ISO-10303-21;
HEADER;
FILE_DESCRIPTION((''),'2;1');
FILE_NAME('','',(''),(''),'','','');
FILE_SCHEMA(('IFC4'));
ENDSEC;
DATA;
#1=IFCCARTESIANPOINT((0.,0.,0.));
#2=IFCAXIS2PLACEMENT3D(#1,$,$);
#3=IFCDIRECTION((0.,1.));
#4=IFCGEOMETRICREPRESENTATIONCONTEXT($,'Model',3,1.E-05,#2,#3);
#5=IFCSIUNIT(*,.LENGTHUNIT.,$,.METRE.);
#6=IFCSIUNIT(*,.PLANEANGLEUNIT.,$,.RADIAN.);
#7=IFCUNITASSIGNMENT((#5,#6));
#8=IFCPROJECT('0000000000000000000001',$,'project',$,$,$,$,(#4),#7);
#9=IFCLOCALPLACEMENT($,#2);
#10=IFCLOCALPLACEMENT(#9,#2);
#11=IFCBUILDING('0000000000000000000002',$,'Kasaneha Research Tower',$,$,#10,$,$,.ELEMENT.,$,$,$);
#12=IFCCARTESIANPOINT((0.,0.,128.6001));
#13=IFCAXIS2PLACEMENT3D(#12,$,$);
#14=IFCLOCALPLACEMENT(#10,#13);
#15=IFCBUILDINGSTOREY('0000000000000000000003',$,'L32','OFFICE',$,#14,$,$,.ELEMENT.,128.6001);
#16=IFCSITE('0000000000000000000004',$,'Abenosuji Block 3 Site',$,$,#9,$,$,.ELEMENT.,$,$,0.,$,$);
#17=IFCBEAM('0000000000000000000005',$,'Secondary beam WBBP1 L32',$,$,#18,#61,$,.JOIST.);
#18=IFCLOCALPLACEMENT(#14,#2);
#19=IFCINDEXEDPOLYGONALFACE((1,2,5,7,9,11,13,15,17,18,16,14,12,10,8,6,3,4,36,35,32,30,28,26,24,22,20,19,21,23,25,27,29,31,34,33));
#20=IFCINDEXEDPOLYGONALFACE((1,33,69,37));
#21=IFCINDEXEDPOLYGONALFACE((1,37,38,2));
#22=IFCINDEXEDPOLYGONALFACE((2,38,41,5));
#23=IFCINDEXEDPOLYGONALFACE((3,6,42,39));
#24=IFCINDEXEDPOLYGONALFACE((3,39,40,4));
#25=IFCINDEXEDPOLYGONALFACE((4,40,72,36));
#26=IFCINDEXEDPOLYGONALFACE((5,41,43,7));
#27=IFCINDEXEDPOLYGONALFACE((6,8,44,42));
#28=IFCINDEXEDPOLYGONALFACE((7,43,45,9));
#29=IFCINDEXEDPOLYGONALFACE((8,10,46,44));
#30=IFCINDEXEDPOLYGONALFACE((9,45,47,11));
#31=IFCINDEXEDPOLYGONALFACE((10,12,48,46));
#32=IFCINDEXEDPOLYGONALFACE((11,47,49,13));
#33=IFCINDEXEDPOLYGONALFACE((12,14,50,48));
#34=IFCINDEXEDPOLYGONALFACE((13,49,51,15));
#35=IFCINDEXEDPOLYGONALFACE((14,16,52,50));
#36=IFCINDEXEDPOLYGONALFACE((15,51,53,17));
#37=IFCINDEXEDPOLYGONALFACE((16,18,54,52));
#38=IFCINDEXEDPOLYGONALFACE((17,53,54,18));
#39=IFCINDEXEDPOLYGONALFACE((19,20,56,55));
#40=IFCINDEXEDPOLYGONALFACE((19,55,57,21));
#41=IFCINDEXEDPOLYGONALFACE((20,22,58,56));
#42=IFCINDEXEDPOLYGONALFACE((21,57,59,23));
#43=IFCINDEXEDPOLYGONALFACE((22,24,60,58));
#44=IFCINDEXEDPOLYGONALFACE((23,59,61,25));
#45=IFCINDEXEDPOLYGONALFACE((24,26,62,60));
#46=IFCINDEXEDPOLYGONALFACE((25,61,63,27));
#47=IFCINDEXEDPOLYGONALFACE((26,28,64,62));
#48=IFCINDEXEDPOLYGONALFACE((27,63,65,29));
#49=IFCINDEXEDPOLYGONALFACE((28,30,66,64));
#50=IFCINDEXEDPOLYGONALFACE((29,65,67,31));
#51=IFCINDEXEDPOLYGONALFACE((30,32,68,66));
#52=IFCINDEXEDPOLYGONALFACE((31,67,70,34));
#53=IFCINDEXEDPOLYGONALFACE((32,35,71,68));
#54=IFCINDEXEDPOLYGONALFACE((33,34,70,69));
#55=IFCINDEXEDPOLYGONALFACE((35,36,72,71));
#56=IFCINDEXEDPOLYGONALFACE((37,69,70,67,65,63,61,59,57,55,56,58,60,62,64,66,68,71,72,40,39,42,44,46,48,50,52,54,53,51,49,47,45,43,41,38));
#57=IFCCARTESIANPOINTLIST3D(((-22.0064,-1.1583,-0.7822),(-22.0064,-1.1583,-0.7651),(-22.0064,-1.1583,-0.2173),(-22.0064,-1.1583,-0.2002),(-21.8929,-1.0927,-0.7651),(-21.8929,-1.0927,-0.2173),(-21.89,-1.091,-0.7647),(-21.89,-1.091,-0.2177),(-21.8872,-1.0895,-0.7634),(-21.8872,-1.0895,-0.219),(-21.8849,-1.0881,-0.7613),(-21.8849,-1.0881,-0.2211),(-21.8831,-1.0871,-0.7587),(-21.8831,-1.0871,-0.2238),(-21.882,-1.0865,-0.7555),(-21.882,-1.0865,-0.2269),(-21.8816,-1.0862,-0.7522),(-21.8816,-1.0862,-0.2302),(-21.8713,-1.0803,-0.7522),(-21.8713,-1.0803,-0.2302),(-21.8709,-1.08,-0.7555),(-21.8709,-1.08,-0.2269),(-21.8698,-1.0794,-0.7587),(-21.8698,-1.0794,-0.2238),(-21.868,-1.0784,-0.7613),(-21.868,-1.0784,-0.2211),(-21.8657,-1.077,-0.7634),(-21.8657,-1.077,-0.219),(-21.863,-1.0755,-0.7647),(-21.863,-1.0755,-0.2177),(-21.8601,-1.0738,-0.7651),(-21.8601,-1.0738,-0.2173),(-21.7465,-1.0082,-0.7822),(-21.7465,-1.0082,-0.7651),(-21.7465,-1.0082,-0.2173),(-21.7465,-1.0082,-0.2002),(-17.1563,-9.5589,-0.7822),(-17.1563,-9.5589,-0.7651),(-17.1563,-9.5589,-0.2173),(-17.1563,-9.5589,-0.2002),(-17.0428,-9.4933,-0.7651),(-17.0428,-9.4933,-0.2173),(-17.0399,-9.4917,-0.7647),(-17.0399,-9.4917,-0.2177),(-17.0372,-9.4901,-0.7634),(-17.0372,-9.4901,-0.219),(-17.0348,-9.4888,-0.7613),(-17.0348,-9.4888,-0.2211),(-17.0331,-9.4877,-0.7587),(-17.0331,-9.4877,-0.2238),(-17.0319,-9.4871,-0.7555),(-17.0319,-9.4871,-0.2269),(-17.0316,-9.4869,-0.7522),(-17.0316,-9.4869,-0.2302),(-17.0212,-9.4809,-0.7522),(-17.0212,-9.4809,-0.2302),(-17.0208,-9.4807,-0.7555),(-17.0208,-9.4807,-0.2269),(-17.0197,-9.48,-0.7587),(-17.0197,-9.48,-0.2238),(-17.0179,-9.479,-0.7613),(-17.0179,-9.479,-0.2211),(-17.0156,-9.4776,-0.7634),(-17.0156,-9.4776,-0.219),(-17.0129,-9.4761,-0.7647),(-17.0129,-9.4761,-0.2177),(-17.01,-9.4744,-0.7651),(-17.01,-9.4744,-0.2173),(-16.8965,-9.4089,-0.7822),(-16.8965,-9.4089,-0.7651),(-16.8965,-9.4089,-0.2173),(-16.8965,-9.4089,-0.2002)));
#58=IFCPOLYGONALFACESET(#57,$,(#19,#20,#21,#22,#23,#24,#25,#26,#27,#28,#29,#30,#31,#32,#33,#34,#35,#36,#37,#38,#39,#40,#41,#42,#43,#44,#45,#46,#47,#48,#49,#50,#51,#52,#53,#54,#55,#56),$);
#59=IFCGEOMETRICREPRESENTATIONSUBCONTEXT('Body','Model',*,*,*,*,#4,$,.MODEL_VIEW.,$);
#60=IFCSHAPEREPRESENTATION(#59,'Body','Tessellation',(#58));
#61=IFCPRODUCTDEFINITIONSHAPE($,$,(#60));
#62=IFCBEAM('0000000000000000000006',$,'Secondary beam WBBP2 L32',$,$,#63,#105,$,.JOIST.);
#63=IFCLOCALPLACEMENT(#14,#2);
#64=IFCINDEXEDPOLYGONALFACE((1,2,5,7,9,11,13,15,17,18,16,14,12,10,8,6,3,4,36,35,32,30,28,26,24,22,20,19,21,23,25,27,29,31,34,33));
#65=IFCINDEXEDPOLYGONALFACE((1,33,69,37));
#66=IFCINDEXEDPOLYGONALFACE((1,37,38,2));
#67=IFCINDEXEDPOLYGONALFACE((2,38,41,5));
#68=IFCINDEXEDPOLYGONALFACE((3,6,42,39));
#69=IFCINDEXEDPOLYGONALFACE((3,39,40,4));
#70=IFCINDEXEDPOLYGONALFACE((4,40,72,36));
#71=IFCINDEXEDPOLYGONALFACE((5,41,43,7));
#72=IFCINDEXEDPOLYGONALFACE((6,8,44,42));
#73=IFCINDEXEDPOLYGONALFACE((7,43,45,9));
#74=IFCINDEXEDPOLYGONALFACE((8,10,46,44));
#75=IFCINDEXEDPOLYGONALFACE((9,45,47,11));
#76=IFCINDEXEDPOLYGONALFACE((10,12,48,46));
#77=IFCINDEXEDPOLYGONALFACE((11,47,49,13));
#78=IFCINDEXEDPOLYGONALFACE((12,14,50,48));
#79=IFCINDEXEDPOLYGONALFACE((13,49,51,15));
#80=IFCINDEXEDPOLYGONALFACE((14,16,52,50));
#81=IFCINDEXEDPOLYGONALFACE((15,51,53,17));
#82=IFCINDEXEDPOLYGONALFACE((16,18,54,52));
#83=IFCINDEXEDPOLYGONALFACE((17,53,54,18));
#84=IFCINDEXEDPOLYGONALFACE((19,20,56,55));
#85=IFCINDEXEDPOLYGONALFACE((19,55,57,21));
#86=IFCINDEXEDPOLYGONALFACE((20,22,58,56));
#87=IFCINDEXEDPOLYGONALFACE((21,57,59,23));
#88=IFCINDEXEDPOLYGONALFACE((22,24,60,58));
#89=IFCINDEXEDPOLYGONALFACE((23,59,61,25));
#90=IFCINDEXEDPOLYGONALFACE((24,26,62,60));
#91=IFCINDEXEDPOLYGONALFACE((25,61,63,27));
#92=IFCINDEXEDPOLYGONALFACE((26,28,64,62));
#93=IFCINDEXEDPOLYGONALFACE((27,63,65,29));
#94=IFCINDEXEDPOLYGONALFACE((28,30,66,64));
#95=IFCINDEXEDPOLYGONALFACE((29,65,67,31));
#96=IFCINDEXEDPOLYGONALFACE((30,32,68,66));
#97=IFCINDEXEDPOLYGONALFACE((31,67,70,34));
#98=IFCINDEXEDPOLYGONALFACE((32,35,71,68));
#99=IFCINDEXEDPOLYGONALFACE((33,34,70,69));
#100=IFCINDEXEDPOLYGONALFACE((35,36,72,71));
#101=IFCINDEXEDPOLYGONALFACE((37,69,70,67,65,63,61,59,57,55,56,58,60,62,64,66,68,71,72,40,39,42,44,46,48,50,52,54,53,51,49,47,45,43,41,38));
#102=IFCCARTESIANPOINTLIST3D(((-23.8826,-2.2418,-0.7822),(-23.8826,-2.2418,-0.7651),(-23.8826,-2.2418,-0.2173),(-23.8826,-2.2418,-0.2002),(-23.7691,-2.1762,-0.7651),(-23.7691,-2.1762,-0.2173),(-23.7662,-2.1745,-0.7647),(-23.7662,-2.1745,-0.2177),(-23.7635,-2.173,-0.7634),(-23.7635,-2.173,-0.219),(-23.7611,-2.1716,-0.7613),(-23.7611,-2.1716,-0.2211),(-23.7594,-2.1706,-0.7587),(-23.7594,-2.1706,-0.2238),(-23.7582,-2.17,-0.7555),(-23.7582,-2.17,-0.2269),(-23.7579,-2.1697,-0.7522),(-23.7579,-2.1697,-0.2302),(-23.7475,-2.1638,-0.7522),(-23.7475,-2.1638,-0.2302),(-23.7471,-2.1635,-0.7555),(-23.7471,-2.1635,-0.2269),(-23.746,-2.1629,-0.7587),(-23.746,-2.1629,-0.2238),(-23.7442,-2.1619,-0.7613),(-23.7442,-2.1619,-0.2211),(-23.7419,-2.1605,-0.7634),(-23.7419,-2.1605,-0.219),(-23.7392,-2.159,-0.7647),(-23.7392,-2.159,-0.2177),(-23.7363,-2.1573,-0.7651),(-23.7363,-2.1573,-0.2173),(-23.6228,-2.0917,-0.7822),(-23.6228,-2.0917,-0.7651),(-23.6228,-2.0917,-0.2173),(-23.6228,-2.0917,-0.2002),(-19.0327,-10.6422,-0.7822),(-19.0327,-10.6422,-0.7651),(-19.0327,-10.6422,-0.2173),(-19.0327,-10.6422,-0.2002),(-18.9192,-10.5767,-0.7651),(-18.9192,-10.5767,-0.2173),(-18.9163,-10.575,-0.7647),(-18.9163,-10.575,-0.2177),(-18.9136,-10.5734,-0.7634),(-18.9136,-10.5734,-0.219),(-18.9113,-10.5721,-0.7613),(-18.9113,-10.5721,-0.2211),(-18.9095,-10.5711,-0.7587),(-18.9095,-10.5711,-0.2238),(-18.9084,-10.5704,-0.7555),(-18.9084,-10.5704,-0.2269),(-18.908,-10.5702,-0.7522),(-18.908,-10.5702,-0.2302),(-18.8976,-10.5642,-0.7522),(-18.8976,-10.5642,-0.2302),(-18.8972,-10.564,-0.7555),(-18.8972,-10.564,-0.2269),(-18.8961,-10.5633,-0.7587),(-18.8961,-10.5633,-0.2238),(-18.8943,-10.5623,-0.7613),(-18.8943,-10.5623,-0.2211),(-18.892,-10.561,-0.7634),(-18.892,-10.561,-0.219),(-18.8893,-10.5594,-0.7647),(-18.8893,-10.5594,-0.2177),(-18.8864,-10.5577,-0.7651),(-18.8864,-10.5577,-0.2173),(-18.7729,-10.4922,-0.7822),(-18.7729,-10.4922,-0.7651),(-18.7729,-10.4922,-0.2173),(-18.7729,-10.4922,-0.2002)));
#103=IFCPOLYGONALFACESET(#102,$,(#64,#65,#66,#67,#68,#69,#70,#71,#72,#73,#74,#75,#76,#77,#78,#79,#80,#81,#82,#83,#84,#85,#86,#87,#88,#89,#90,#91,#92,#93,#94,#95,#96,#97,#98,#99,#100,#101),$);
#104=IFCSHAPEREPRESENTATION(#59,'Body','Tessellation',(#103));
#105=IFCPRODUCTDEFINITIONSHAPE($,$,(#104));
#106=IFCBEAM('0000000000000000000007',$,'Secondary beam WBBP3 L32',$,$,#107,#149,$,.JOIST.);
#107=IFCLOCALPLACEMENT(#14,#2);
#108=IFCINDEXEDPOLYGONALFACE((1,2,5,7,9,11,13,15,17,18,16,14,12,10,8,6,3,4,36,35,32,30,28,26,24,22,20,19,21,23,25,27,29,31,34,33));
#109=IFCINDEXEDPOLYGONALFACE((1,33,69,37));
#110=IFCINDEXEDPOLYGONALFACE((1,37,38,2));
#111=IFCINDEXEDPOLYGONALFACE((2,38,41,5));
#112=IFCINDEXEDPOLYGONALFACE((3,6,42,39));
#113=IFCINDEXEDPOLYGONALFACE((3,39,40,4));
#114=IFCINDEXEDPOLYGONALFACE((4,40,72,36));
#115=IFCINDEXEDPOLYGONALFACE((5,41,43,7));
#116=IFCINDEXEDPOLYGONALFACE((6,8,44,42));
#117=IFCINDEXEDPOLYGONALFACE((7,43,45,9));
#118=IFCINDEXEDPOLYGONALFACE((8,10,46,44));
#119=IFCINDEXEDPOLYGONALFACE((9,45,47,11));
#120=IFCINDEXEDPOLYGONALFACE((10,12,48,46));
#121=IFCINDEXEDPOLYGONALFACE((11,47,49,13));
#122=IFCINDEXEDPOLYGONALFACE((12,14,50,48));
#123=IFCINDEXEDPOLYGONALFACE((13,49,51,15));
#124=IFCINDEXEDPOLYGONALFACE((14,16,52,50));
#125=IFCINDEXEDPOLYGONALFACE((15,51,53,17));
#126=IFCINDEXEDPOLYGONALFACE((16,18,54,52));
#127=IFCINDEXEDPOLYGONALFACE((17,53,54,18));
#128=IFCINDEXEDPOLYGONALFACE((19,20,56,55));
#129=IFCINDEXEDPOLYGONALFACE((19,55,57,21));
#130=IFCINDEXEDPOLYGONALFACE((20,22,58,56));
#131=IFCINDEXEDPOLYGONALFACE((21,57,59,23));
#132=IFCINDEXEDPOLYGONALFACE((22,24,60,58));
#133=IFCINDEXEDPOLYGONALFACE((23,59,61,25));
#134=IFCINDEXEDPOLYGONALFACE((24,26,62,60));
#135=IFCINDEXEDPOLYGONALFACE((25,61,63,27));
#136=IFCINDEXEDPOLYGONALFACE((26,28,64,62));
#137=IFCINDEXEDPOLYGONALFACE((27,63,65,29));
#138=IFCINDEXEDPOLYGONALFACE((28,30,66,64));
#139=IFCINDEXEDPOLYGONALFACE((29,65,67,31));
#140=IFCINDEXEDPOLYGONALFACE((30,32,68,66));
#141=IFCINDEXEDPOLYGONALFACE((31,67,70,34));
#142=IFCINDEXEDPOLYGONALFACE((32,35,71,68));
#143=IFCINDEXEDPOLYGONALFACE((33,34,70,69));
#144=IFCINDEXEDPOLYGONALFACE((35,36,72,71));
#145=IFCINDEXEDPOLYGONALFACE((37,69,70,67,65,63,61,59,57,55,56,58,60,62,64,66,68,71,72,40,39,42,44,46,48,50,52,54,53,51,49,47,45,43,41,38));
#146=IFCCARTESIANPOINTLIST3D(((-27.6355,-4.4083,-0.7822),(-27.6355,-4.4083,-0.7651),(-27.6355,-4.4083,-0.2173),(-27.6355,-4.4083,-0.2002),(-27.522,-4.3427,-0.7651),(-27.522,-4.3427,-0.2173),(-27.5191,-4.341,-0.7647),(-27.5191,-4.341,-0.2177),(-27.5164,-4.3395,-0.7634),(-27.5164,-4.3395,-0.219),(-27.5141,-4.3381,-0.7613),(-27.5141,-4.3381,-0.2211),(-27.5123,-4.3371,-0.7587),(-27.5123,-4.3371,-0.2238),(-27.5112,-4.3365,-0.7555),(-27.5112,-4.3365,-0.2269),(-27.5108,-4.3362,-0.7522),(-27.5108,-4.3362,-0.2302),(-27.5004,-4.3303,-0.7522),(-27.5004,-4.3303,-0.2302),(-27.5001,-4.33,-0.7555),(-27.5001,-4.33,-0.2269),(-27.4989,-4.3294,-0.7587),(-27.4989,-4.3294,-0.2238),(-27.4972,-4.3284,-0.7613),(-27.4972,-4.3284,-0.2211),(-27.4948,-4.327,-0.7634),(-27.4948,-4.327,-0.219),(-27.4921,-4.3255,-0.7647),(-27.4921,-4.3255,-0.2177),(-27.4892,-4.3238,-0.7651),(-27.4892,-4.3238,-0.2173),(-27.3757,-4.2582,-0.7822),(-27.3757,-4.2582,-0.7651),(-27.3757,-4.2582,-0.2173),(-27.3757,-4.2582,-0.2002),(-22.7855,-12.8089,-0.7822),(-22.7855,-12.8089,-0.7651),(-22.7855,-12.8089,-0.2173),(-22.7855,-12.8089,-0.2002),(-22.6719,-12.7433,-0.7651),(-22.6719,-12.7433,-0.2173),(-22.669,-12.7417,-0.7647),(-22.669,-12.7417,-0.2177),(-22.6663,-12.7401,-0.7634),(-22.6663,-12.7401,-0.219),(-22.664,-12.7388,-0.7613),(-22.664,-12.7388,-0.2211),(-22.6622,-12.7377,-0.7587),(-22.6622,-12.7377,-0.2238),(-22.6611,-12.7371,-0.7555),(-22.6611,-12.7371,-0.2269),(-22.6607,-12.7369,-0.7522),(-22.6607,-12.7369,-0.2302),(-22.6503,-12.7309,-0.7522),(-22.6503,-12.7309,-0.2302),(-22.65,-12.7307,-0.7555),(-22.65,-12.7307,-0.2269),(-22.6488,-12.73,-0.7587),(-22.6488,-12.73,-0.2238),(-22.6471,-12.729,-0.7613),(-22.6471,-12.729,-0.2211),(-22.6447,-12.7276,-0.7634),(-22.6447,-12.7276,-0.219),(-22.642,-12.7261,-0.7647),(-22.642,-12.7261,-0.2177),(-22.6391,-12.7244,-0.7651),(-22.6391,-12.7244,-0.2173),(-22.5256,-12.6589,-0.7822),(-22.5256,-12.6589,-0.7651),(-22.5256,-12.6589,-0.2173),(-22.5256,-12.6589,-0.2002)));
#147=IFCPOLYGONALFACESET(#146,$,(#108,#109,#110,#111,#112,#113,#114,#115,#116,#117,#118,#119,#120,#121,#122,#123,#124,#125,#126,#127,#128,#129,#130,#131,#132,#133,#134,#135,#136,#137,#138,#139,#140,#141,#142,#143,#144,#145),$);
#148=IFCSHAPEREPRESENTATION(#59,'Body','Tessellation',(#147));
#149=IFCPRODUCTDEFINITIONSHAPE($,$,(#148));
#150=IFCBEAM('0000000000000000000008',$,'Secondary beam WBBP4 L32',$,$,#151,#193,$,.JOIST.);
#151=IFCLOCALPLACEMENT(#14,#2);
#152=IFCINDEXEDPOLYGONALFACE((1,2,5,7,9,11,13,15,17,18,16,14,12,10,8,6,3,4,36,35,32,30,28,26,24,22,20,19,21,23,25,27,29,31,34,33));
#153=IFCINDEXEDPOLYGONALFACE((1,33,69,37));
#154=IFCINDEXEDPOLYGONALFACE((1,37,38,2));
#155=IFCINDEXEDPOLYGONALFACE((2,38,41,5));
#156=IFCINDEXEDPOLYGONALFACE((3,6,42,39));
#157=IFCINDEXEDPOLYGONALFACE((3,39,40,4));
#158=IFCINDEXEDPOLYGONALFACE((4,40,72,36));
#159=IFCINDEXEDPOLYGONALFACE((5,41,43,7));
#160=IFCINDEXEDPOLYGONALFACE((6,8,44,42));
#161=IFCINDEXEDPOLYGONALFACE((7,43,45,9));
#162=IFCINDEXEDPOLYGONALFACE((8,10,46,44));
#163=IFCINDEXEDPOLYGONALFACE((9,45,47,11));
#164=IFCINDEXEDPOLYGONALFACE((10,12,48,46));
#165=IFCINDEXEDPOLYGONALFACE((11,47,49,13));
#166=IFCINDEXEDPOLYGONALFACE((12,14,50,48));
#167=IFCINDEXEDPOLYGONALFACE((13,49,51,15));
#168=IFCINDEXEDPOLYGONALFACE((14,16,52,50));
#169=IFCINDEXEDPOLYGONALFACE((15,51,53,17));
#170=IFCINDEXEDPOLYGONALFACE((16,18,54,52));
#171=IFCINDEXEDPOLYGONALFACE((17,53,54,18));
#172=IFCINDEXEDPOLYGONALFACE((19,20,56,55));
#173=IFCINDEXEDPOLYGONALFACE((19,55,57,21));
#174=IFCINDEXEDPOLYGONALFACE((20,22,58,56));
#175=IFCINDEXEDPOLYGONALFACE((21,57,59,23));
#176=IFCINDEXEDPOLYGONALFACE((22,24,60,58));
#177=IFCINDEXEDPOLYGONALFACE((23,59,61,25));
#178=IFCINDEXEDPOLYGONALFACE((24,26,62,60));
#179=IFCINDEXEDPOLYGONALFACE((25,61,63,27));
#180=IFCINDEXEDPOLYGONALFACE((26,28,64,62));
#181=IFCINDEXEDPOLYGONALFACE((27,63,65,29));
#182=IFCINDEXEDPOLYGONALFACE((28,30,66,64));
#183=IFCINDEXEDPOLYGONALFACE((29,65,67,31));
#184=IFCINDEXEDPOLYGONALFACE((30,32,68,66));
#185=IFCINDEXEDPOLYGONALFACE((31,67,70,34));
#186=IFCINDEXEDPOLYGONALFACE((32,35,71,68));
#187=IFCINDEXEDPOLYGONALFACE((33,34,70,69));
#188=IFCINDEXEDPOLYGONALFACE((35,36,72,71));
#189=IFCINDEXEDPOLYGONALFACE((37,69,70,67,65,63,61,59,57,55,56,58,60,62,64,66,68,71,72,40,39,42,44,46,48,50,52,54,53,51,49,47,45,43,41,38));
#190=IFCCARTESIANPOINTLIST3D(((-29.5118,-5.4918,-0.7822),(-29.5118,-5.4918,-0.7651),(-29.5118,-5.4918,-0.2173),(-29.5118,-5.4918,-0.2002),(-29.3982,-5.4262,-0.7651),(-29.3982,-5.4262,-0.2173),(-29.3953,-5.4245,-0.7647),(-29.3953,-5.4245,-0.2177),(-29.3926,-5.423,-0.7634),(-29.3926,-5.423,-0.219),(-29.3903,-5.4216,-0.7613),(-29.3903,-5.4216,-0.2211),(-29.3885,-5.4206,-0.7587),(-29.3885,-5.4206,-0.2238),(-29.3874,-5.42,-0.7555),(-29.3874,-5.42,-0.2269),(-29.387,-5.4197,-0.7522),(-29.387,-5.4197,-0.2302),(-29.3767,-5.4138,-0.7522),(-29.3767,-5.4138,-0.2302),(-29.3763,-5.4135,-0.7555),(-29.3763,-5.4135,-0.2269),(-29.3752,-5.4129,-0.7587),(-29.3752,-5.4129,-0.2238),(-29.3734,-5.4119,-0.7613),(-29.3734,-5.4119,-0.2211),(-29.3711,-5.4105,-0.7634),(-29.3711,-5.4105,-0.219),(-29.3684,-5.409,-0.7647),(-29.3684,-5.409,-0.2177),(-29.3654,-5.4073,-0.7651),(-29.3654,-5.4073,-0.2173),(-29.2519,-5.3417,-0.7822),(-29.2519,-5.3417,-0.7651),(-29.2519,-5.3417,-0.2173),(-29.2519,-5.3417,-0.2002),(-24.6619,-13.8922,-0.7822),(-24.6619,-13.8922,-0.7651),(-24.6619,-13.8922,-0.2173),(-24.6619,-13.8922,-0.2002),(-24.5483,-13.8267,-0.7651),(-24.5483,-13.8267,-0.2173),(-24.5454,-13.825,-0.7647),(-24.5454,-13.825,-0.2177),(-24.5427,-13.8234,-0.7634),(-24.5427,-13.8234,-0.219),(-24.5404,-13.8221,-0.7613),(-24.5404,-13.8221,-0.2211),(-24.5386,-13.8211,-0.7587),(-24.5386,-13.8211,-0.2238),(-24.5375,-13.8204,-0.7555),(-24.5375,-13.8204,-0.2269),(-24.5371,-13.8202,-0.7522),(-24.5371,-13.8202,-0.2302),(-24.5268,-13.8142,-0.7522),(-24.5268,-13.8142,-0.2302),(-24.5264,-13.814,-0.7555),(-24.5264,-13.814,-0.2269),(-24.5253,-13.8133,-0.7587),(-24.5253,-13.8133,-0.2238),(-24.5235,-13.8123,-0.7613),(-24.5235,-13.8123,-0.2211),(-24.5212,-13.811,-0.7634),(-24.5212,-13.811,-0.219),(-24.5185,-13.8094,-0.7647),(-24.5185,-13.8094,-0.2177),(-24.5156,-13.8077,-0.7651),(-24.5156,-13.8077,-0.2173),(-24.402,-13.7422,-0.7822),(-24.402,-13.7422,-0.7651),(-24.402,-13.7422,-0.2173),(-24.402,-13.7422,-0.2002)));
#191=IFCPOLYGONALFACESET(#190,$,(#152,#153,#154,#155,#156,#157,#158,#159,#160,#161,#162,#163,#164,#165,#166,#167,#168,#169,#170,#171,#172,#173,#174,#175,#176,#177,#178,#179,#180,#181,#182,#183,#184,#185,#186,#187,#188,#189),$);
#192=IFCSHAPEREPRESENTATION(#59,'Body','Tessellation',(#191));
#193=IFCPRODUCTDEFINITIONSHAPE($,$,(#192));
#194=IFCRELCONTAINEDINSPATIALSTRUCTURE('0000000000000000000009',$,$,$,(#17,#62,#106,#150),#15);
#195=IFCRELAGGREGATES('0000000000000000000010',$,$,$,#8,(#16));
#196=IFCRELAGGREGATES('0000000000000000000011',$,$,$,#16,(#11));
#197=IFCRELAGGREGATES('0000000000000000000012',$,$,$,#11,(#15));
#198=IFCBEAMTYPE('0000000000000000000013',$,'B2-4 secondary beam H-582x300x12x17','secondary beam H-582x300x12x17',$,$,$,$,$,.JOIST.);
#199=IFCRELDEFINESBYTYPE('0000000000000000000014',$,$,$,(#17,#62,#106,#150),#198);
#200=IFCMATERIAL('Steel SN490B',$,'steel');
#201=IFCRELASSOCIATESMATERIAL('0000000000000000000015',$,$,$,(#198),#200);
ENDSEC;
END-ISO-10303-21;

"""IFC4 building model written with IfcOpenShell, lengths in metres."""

from ifc_helpers import new_model, si_unit, direction, frame, origin, origin_2d, place, context, subcontext, project, spatial, i_section, extrude, material, material_profile, profile_set, type_object, element, save


model = new_model("IFC4")

# Units and contexts
model_context = context("Model", 3, precision=1e-05, world=origin(), true_north=direction((0.0, 1.0)))
body_context = subcontext(model_context, "Body", "Model", "MODEL_VIEW")
ifc_project = project(units=[si_unit("LENGTHUNIT", "METRE"), si_unit("PLANEANGLEUNIT", "RADIAN")], contexts=[model_context])

# Site, building, storey
site_placement = place(None, origin())
site = spatial("IfcSite", under=ifc_project, at=site_placement, Name="Abenosuji Block 3 Site", CompositionType="ELEMENT", RefElevation=0.0)
building_placement = place(site_placement, origin())
building = spatial("IfcBuilding", under=site, at=building_placement, Name="Kasaneha Research Tower", CompositionType="ELEMENT")
storey_placement = place(building_placement, frame((0.0, 0.0, 128.6001)))
storey = spatial("IfcBuildingStorey", under=building, at=storey_placement, Name="L32", Description="OFFICE", CompositionType="ELEMENT", Elevation=128.6001)

# Beams
ifc_material_1 = material(Name="Steel SN490B", Category="steel")
ifc_material_profile_1 = material_profile(ifc_material_1, i_section(OverallWidth=0.3, OverallDepth=0.582, WebThickness=0.012, FlangeThickness=0.0171, FilletRadius=0.0129, at=origin_2d()), Name="H-582x300x12x17")
ifc_profile_set_1 = profile_set([ifc_material_profile_1], Name="Steel SN490B")
beam_type_1 = type_object("IfcBeamType", Name="B2-4 secondary beam H-582x300x12x17", Description="secondary beam H-582x300x12x17", PredefinedType="JOIST", material=ifc_profile_set_1)
beam_1_placement = place(storey_placement, frame((-21.8765, -1.0833, -0.4912), z_axis=(0.499999, -0.866026, 0.0), x_axis=(0.866026, 0.499999, 0.0)))
element("IfcBeam", 1, at=beam_1_placement, inside=storey, type_object=beam_type_1, Name="Secondary beam WBBP1 L32", PredefinedType="JOIST", context=body_context, shape_type="SweptSolid", body=[
    extrude(i_section(OverallWidth=0.3, OverallDepth=0.582, WebThickness=0.012, FlangeThickness=0.0171, FilletRadius=0.0129, at=origin_2d()), origin(), (0.0, 0.0, 1.0), 9.7002),
])
beam_2_placement = place(storey_placement, frame((-23.7527, -2.1667, -0.4912), z_axis=(0.499991, -0.866031, 0.0), x_axis=(0.866031, 0.499991, 0.0)))
element("IfcBeam", 2, at=beam_2_placement, inside=storey, type_object=beam_type_1, Name="Secondary beam WBBP2 L32", PredefinedType="JOIST", context=body_context, shape_type="SweptSolid", body=[
    extrude(i_section(OverallWidth=0.3, OverallDepth=0.582, WebThickness=0.012, FlangeThickness=0.0171, FilletRadius=0.0129, at=origin_2d()), origin(), (0.0, 0.0, 1.0), 9.7),
])
beam_3_placement = place(storey_placement, frame((-27.5056, -4.3333, -0.4912), z_axis=(0.499999, -0.866026, 0.0), x_axis=(0.866026, 0.499999, 0.0)))
element("IfcBeam", 3, at=beam_3_placement, inside=storey, type_object=beam_type_1, Name="Secondary beam WBBP3 L32", PredefinedType="JOIST", context=body_context, shape_type="SweptSolid", body=[
    extrude(i_section(OverallWidth=0.3, OverallDepth=0.582, WebThickness=0.012, FlangeThickness=0.0171, FilletRadius=0.0129, at=origin_2d()), origin(), (0.0, 0.0, 1.0), 9.7002),
])
for number, where, z_axis, x_axis, name in (
    (4, (-29.3818, -5.4167, -0.4912), (0.499991, -0.866031, 0.0), (0.866031, 0.499991, 0.0), "Secondary beam WBBP4 L32"),
):
    element("IfcBeam", number, at=place(storey_placement, frame(where, z_axis=z_axis, x_axis=x_axis)), inside=storey, type_object=beam_type_1, Name=name, PredefinedType="JOIST", context=body_context, shape_type="SweptSolid", body=[
        extrude(i_section(OverallWidth=0.3, OverallDepth=0.582, WebThickness=0.012, FlangeThickness=0.0171, FilletRadius=0.0129, at=origin_2d()), origin(), (0.0, 0.0, 1.0), 9.7),
    ])

save(model, "model.ifc")
